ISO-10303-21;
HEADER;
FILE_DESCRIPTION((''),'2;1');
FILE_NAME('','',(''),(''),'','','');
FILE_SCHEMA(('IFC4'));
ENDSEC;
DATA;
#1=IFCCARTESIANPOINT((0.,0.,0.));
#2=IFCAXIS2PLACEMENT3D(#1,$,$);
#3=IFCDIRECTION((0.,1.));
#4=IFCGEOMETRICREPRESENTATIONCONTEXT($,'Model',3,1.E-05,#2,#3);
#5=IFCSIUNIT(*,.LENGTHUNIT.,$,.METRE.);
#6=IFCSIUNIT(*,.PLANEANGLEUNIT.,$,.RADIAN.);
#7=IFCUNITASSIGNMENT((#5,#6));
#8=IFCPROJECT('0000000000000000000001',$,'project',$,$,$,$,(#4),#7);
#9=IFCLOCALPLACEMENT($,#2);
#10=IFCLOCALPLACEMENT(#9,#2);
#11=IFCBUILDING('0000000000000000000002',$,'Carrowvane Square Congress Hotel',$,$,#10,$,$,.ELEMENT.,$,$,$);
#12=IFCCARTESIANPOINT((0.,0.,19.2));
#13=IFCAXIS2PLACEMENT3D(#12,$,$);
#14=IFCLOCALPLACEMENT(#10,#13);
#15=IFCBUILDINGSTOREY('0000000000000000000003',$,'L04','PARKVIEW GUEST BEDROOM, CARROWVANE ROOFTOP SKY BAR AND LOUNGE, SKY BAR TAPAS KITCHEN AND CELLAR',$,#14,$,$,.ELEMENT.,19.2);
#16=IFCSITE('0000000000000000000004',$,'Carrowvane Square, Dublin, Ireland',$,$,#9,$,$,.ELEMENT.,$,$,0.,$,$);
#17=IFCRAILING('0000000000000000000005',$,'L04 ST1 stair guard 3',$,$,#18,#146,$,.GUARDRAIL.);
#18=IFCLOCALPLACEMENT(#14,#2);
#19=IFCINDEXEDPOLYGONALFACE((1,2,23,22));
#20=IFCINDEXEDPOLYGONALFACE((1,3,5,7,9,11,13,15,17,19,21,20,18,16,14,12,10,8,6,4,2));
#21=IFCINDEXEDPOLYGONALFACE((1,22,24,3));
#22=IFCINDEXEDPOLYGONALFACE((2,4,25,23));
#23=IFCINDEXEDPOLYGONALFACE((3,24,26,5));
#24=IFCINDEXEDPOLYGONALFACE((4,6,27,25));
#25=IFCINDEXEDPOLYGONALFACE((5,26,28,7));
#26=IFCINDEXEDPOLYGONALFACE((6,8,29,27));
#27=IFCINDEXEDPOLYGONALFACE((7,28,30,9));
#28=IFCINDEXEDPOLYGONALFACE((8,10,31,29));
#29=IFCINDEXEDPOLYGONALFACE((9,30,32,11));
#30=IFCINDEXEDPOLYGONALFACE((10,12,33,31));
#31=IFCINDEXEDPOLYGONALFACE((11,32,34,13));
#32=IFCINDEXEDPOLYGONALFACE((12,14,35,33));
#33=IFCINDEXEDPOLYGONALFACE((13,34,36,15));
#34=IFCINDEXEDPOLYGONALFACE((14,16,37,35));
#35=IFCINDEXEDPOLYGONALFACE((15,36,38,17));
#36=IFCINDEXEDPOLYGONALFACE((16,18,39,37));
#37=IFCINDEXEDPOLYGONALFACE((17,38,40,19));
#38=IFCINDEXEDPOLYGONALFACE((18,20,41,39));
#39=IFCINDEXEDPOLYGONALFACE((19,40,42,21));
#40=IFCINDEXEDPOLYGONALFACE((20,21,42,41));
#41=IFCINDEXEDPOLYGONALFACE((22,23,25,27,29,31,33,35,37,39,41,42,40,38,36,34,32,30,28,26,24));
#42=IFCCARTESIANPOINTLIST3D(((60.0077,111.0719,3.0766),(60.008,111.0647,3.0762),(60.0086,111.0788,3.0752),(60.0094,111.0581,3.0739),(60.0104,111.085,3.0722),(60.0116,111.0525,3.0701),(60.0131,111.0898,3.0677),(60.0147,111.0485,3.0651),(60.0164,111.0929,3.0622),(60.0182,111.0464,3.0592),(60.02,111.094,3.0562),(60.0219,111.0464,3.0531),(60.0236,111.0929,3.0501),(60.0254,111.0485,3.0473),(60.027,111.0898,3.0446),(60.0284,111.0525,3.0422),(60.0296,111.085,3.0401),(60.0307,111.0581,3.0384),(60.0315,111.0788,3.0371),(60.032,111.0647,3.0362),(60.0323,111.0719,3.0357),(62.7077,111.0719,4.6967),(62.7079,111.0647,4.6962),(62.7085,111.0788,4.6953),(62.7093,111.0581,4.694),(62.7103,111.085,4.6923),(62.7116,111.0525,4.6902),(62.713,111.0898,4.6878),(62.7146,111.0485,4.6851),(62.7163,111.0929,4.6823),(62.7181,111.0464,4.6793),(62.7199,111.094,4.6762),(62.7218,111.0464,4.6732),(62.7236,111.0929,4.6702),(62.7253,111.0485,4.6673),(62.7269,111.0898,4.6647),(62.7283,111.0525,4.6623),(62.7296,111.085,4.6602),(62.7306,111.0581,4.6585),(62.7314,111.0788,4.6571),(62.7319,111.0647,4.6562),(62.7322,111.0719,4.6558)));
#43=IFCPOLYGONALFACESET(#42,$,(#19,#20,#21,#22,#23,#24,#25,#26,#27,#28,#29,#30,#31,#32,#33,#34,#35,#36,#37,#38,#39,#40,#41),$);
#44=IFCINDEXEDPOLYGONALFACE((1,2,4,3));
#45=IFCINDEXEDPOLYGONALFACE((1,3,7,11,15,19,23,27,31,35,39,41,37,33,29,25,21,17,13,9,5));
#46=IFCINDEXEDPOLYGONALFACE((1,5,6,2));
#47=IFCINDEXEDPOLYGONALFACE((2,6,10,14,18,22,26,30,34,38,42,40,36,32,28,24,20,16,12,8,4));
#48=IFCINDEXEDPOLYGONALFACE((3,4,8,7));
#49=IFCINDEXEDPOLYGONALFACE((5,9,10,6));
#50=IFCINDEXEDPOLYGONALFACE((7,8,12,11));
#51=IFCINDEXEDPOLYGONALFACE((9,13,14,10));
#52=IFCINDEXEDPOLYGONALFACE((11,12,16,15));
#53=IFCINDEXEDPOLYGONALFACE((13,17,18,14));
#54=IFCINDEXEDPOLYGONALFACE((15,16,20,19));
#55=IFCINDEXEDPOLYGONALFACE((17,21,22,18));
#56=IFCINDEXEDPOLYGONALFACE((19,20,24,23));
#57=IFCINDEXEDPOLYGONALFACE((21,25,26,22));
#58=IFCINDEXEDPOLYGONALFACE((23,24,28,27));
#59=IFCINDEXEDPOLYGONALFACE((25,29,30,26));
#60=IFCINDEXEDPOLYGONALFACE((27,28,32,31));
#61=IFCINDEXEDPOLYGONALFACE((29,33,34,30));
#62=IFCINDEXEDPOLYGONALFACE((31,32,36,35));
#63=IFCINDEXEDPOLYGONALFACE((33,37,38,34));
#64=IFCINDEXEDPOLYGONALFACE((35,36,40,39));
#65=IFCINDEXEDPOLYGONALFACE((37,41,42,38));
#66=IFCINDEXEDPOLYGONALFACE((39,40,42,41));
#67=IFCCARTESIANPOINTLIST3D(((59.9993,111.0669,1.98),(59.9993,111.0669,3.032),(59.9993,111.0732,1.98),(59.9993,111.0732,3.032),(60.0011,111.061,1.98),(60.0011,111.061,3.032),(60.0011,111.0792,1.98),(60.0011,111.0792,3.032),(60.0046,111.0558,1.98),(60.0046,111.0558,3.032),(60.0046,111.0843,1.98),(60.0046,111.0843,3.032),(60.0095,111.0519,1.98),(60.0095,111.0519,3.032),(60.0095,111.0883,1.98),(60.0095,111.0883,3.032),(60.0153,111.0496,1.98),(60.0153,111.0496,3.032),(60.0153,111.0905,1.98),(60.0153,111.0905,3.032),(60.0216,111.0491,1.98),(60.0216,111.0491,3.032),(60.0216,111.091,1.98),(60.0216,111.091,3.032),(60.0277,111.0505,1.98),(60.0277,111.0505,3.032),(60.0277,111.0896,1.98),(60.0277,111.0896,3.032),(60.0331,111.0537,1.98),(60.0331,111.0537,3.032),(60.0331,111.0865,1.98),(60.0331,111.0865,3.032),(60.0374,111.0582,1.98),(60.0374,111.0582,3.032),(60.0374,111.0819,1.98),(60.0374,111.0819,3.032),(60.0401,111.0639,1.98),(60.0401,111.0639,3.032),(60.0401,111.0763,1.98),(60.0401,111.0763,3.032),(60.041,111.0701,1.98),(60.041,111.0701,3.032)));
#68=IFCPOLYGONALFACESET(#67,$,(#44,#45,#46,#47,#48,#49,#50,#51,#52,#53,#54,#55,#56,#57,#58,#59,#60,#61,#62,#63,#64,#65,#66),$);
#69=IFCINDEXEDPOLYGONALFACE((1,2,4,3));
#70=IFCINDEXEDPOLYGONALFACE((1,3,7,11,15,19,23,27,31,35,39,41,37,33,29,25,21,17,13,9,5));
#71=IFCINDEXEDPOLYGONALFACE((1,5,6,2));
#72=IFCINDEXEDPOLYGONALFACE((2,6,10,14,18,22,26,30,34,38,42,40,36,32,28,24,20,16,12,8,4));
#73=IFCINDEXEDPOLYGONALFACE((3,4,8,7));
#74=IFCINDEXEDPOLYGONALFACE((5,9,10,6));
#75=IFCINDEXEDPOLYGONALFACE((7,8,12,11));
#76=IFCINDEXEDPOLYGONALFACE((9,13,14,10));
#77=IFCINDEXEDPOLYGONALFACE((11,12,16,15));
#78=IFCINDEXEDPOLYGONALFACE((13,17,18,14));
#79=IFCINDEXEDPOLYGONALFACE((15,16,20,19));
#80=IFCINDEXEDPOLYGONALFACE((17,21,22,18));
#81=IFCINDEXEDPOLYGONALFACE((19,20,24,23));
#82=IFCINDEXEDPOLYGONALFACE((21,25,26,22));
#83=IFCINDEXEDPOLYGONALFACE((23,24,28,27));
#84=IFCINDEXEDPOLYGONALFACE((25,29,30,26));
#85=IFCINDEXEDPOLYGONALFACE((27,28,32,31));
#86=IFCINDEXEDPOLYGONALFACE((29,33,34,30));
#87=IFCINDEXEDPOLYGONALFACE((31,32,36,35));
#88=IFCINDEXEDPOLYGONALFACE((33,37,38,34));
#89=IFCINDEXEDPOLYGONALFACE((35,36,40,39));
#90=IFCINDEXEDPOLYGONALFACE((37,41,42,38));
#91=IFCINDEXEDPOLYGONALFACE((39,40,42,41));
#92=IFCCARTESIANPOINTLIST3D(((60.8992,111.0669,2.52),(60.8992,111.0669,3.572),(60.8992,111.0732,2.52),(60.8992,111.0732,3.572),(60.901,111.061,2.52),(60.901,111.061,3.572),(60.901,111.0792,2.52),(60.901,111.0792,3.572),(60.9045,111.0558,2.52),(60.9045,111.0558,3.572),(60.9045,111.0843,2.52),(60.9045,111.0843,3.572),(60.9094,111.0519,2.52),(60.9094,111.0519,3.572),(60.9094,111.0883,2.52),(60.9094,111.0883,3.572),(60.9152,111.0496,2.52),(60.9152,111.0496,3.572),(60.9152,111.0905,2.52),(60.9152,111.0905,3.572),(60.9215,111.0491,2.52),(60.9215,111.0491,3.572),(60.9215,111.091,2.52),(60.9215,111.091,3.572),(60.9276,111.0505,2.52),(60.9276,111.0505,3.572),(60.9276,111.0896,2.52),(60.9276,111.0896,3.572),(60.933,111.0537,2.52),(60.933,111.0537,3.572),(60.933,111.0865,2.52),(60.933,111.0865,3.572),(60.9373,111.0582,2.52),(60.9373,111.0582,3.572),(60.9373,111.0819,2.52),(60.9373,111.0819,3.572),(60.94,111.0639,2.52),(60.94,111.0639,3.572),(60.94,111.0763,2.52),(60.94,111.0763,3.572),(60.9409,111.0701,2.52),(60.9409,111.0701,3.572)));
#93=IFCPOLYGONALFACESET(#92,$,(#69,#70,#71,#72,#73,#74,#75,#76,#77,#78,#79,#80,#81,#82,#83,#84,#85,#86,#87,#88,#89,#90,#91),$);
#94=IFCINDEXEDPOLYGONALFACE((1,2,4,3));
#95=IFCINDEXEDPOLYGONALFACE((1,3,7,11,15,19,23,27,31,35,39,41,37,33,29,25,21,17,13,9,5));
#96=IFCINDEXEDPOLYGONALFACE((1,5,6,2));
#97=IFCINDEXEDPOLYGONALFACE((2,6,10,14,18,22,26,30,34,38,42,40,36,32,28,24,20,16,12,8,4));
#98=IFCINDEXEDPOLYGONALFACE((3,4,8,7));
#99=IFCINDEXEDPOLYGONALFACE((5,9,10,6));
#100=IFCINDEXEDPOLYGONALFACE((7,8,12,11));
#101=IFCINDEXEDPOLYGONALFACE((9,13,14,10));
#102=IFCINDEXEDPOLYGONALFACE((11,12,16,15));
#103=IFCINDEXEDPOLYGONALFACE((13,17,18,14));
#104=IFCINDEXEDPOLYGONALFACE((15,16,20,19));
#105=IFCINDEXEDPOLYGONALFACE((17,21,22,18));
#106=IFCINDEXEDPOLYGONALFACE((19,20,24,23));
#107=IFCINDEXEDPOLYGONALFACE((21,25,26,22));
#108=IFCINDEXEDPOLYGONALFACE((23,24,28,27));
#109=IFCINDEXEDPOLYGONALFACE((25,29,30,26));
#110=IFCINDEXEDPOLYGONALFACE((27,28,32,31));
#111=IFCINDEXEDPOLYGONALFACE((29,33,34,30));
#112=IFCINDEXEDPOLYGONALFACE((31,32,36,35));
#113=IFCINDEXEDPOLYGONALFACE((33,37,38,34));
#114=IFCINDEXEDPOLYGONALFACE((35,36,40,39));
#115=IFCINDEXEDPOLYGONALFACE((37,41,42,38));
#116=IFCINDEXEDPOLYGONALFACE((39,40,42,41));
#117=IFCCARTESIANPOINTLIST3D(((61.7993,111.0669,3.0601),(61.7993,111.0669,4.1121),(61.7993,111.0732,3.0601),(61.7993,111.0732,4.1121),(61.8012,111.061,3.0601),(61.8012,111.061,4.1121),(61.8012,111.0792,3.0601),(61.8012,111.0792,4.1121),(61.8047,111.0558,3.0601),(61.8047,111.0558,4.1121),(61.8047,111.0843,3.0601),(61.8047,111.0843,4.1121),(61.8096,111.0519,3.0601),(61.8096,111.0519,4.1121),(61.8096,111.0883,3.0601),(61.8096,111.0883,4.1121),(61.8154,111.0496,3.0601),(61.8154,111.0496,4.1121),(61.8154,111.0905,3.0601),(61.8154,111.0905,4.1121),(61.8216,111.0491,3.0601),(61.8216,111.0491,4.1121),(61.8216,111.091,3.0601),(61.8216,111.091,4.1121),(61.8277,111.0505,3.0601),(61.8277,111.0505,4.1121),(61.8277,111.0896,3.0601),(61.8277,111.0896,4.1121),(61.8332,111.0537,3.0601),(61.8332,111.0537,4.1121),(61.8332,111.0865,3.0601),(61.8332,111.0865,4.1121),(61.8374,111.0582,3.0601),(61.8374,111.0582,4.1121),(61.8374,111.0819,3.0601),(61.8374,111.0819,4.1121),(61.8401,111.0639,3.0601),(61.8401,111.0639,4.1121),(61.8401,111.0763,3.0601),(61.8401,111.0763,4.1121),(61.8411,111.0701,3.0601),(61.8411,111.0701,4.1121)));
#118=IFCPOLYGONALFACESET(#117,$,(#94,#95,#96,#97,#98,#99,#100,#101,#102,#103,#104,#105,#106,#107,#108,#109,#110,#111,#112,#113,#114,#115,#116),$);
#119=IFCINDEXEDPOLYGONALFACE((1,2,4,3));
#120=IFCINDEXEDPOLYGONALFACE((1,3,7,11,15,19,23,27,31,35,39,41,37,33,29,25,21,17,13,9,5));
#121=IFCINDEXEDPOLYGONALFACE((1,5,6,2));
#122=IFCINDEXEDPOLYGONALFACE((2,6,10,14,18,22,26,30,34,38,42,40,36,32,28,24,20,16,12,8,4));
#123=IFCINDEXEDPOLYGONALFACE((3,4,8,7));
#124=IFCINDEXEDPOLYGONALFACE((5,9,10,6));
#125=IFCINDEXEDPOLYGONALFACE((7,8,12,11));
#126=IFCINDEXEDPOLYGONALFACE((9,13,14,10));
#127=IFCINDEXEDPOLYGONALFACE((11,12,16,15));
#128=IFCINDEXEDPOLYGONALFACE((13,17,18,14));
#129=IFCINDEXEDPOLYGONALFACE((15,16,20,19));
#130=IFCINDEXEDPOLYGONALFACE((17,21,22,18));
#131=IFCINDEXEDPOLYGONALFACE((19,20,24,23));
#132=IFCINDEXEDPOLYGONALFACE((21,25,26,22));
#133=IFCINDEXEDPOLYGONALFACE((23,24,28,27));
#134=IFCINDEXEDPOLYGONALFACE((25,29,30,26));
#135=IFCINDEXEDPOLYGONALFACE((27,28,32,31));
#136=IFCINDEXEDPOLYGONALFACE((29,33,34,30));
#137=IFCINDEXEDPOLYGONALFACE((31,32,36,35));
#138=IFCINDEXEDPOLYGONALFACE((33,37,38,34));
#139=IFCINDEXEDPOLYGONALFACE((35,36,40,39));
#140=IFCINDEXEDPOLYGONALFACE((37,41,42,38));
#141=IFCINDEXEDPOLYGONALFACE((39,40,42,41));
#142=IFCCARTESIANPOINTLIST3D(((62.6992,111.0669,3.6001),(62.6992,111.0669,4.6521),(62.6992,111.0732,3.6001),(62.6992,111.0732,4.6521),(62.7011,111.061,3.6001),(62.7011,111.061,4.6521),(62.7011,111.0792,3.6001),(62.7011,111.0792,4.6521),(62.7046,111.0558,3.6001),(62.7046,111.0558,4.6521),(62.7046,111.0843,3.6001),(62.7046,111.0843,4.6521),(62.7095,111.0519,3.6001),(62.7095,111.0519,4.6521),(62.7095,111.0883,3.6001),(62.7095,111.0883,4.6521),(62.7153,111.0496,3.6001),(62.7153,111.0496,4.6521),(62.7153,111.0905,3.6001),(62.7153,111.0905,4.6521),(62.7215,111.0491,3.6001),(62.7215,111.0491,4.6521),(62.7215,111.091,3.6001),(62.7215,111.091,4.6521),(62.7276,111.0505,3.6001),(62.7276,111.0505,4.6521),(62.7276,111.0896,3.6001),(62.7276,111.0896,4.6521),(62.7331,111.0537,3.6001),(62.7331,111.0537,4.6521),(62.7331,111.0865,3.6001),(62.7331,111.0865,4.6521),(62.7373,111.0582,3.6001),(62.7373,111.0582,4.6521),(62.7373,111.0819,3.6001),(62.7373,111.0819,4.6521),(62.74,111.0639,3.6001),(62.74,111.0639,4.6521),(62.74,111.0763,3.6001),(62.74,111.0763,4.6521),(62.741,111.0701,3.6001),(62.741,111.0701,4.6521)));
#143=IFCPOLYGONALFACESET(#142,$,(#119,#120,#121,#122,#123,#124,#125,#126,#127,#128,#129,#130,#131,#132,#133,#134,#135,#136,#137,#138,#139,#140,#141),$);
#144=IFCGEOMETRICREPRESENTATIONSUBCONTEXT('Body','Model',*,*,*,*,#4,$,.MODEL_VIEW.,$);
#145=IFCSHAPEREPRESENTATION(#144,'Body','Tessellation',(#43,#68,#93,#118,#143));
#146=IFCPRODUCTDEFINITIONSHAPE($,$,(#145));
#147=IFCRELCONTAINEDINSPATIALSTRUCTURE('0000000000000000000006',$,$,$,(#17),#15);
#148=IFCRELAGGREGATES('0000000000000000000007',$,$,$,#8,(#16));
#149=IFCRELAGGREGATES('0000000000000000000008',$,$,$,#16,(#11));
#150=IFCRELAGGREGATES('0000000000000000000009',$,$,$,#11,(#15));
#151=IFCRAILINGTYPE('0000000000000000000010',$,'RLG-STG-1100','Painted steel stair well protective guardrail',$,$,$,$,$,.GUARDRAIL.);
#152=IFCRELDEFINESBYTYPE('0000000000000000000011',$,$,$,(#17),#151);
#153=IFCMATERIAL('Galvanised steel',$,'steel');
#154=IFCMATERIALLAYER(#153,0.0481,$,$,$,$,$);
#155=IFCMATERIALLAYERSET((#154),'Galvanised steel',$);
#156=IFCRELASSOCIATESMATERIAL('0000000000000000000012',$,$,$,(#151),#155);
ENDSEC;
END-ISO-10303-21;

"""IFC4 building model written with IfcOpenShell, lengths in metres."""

from ifc_helpers import new_model, si_unit, direction, frame, origin, origin_2d, place, context, subcontext, project, spatial, circle, extrude, material, layer, layer_set, type_object, element, save


model = new_model("IFC4")

# Units and contexts
model_context = context("Model", 3, precision=1e-05, world=origin(), true_north=direction((0.0, 1.0)))
body_context = subcontext(model_context, "Body", "Model", "MODEL_VIEW")
ifc_project = project(units=[si_unit("LENGTHUNIT", "METRE"), si_unit("PLANEANGLEUNIT", "RADIAN")], contexts=[model_context])

# Site, building, storey
site_placement = place(None, origin())
site = spatial("IfcSite", under=ifc_project, at=site_placement, Name="Carrowvane Square, Dublin, Ireland", CompositionType="ELEMENT", RefElevation=0.0)
building_placement = place(site_placement, origin())
building = spatial("IfcBuilding", under=site, at=building_placement, Name="Carrowvane Square Congress Hotel", CompositionType="ELEMENT")
storey_placement = place(building_placement, frame((0.0, 0.0, 19.2)))
storey = spatial("IfcBuildingStorey", under=building, at=storey_placement, Name="L04", Description="PARKVIEW GUEST BEDROOM, CARROWVANE ROOFTOP SKY BAR AND LOUNGE, SKY BAR TAPAS KITCHEN AND CELLAR", CompositionType="ELEMENT", Elevation=19.2)

# Railing
ifc_material_1 = material(Name="Galvanised steel", Category="steel")
ifc_layer_1 = layer(ifc_material_1, 0.0481)
ifc_layer_set_1 = layer_set([ifc_layer_1], Name="Galvanised steel")
railing_type_1 = type_object("IfcRailingType", Name="RLG-STG-1100", Description="Painted steel stair well protective guardrail", PredefinedType="GUARDRAIL", material=ifc_layer_set_1)
railing_1_placement = place(storey_placement, frame((60.02, 111.0701, 1.98)))
element("IfcRailing", 1, at=railing_1_placement, inside=storey, type_object=railing_type_1, Name="L04 ST1 stair guard 3", PredefinedType="GUARDRAIL", context=body_context, shape_type="SweptSolid", body=[
    extrude(circle(Radius=0.0239, at=origin_2d()), frame((0.0, 0.0, 1.0762), z_axis=(0.857472, 0.0, 0.51453), x_axis=(0.0, 1.0, 0.0)), (0.0, 0.0, 1.0), 3.1487),
    extrude(circle(Radius=0.021, at=origin_2d()), origin(), (0.0, 0.0, 1.0), 1.052),
    extrude(circle(Radius=0.021, at=origin_2d()), frame((0.8999, 0.0, 0.54)), (0.0, 0.0, 1.0), 1.052),
    extrude(circle(Radius=0.021, at=origin_2d()), frame((1.8, 0.0, 1.0801)), (0.0, 0.0, 1.0), 1.052),
    extrude(circle(Radius=0.021, at=origin_2d()), frame((2.7, 0.0, 1.6201)), (0.0, 0.0, 1.0), 1.052),
])

save(model, "model.ifc")
